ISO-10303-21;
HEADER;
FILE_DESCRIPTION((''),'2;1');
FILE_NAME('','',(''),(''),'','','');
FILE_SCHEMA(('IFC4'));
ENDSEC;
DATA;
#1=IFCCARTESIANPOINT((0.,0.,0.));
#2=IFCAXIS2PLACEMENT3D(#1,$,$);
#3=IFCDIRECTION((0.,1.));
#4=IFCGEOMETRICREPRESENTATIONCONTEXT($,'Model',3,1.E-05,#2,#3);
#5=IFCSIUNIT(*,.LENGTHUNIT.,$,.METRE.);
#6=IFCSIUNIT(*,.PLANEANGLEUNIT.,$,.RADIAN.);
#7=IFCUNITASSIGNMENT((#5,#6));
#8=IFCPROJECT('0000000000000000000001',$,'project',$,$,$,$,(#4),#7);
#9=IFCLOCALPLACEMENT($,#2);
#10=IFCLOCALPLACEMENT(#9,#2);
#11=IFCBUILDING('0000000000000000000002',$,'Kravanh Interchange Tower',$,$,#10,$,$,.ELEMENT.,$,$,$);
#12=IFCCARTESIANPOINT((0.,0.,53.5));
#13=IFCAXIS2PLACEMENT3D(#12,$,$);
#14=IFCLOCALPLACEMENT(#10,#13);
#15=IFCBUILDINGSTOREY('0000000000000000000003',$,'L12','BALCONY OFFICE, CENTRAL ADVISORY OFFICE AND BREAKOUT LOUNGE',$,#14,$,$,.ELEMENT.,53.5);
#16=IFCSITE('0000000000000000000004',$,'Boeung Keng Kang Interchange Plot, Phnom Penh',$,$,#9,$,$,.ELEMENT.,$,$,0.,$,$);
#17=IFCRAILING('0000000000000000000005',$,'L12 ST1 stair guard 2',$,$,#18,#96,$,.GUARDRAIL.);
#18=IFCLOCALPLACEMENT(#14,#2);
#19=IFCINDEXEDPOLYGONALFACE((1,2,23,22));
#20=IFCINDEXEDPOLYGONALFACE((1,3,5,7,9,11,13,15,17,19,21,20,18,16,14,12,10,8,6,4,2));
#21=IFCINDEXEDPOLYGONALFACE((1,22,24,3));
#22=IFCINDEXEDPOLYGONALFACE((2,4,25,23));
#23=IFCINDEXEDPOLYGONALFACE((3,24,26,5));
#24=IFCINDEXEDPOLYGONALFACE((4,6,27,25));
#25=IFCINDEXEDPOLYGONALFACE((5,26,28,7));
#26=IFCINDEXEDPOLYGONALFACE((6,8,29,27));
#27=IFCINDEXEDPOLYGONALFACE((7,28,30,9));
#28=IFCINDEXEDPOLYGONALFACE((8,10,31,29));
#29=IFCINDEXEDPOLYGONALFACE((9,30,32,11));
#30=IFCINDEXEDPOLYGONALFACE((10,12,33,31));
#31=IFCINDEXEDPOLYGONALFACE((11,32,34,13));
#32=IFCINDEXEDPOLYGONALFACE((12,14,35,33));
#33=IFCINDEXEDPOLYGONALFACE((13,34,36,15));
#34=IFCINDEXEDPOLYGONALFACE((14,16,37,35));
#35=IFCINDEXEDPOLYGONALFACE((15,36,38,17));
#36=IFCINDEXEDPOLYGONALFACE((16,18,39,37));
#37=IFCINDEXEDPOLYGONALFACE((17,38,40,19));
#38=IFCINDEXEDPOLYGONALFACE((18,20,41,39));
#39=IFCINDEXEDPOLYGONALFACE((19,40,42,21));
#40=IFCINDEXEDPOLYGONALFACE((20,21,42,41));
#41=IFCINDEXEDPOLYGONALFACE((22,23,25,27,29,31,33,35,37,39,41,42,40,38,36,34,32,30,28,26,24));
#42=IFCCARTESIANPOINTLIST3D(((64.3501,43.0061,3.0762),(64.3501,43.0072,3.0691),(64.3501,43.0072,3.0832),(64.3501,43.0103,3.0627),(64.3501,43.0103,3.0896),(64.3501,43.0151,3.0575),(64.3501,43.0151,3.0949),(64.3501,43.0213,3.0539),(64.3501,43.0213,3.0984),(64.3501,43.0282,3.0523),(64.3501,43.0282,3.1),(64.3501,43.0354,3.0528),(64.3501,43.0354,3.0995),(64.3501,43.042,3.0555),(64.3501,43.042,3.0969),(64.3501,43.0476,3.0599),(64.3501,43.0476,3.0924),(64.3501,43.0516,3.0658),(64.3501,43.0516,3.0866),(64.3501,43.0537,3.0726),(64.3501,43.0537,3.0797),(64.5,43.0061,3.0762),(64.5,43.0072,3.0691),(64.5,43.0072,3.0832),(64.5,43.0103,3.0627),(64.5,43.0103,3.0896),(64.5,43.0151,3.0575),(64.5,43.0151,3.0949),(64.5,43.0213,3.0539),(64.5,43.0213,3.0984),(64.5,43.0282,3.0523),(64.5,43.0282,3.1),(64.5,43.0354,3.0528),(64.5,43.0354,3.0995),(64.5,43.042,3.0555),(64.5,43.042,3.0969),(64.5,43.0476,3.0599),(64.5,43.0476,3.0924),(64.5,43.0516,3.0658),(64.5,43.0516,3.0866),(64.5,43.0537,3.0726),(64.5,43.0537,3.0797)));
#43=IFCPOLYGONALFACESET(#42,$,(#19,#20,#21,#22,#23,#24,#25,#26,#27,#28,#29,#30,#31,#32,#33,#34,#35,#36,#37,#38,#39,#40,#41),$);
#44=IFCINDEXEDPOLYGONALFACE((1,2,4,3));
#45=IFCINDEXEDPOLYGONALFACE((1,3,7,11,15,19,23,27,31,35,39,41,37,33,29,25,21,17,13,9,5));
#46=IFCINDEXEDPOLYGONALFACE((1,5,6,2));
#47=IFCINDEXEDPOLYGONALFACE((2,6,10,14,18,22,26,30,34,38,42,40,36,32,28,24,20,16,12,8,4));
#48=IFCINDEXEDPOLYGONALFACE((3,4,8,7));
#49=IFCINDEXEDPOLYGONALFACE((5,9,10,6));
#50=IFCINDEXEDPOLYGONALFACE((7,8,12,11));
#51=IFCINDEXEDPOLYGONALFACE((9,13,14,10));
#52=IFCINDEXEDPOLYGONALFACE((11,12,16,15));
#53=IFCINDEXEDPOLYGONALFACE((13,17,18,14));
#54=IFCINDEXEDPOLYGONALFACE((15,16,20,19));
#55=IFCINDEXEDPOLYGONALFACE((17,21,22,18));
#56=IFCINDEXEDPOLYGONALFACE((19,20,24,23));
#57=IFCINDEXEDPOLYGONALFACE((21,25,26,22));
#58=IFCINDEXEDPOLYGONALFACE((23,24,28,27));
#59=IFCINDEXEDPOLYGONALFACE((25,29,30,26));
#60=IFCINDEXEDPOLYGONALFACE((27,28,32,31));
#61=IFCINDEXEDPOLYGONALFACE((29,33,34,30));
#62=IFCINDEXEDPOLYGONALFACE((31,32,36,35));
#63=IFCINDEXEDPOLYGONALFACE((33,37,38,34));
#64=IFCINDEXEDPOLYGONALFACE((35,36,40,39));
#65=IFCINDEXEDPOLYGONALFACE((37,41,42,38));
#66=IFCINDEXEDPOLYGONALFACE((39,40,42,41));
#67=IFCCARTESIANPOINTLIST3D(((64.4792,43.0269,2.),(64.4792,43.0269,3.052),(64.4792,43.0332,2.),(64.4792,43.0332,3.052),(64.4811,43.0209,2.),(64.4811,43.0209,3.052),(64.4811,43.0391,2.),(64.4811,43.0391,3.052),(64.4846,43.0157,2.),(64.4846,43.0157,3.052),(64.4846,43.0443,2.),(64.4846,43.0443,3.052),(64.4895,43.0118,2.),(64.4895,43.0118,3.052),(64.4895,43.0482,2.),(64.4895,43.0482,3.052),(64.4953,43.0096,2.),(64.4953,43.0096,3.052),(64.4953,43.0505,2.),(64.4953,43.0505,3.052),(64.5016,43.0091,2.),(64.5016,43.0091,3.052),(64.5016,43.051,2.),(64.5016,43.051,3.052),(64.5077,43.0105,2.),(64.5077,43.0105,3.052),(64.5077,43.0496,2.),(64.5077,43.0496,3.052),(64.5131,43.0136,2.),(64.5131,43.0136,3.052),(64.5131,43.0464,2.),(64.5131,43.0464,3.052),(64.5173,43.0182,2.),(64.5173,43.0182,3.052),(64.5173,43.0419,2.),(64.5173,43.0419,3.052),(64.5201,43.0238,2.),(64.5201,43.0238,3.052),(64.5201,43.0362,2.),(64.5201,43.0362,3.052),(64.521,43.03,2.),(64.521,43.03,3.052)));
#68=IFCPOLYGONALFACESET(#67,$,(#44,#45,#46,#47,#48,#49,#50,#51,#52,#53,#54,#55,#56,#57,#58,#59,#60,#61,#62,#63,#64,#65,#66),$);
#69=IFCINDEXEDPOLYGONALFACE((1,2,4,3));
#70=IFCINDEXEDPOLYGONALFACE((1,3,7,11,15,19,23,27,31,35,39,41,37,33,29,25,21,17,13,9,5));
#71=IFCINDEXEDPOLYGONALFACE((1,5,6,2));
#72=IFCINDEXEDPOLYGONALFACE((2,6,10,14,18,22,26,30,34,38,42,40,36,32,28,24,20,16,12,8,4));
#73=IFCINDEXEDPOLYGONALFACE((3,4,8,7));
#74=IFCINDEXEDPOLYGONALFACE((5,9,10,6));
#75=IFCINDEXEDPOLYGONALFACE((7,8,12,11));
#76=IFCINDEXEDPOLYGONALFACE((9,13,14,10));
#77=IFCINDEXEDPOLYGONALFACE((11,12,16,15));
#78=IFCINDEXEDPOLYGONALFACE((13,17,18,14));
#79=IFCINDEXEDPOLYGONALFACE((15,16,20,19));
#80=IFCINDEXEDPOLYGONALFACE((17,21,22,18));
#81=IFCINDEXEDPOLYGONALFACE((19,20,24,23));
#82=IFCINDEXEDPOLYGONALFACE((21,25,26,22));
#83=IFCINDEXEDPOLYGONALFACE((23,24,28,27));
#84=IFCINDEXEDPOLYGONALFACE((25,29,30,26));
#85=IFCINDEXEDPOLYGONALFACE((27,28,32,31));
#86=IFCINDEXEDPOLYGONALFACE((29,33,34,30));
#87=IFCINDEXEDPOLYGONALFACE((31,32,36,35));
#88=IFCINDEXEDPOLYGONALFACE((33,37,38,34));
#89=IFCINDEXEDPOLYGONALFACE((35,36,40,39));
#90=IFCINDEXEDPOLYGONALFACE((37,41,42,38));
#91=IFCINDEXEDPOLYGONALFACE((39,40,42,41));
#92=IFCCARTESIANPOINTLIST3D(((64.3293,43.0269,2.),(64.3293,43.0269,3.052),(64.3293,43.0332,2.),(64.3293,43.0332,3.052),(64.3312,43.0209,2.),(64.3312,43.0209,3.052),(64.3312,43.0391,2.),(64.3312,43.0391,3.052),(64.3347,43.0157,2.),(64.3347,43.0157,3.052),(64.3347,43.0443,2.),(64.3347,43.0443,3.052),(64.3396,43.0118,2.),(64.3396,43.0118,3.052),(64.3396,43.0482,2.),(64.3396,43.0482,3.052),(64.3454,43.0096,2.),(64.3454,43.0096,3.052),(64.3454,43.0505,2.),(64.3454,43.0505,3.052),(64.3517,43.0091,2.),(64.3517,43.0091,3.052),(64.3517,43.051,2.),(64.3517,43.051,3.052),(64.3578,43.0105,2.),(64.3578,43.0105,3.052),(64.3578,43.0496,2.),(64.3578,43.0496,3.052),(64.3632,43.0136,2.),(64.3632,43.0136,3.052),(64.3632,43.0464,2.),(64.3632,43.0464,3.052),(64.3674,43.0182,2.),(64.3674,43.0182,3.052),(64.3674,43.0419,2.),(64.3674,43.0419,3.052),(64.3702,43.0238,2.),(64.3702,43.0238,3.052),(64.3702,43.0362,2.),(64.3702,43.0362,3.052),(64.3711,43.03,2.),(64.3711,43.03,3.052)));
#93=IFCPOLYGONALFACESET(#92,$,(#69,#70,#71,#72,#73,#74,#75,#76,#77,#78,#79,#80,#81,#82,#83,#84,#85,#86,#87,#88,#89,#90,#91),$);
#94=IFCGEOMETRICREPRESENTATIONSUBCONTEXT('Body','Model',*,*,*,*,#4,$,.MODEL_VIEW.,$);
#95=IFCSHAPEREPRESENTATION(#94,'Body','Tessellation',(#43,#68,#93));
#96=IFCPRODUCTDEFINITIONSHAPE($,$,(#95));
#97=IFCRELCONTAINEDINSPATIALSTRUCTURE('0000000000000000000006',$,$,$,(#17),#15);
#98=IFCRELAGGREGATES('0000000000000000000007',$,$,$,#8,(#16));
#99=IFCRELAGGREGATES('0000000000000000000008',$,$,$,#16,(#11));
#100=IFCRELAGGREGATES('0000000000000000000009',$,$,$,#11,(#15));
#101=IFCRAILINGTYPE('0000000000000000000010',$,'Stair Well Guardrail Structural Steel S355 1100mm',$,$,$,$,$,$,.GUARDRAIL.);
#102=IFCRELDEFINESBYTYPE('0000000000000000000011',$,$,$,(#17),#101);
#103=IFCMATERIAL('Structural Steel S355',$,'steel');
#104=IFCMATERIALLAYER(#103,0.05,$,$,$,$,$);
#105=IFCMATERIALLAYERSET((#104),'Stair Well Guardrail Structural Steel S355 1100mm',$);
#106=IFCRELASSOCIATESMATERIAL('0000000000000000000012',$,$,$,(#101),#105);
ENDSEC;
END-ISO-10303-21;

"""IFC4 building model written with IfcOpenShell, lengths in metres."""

from ifc_helpers import new_model, si_unit, direction, frame, origin, origin_2d, place, context, subcontext, project, spatial, circle, extrude, material, layer, layer_set, type_object, element, save


model = new_model("IFC4")

# Units and contexts
model_context = context("Model", 3, precision=1e-05, world=origin(), true_north=direction((0.0, 1.0)))
body_context = subcontext(model_context, "Body", "Model", "MODEL_VIEW")
ifc_project = project(units=[si_unit("LENGTHUNIT", "METRE"), si_unit("PLANEANGLEUNIT", "RADIAN")], contexts=[model_context])

# Site, building, storey
site_placement = place(None, origin())
site = spatial("IfcSite", under=ifc_project, at=site_placement, Name="Boeung Keng Kang Interchange Plot, Phnom Penh", CompositionType="ELEMENT", RefElevation=0.0)
building_placement = place(site_placement, origin())
building = spatial("IfcBuilding", under=site, at=building_placement, Name="Kravanh Interchange Tower", CompositionType="ELEMENT")
storey_placement = place(building_placement, frame((0.0, 0.0, 53.5)))
storey = spatial("IfcBuildingStorey", under=building, at=storey_placement, Name="L12", Description="BALCONY OFFICE, CENTRAL ADVISORY OFFICE AND BREAKOUT LOUNGE", CompositionType="ELEMENT", Elevation=53.5)

# Railing
ifc_material_1 = material(Name="Structural Steel S355", Category="steel")
ifc_layer_1 = layer(ifc_material_1, 0.05)
ifc_layer_set_1 = layer_set([ifc_layer_1], Name="Stair Well Guardrail Structural Steel S355 1100mm")
railing_type_1 = type_object("IfcRailingType", Name="Stair Well Guardrail Structural Steel S355 1100mm", PredefinedType="GUARDRAIL", material=ifc_layer_set_1)
railing_1_placement = place(storey_placement, frame((64.5, 43.03, 2.0)))
element("IfcRailing", 1, at=railing_1_placement, inside=storey, type_object=railing_type_1, Name="L12 ST1 stair guard 2", PredefinedType="GUARDRAIL", context=body_context, shape_type="SweptSolid", body=[
    extrude(circle(Radius=0.0239, at=origin_2d()), frame((0.0, 0.0, 1.0762), z_axis=(-1.0, 0.0, 0.0), x_axis=(0.0, -1.0, 0.0)), (0.0, 0.0, 1.0), 0.1499),
    extrude(circle(Radius=0.021, at=origin_2d()), origin(), (0.0, 0.0, 1.0), 1.052),
    extrude(circle(Radius=0.021, at=origin_2d()), frame((-0.1499, 0.0, 0.0)), (0.0, 0.0, 1.0), 1.052),
])

save(model, "model.ifc")
